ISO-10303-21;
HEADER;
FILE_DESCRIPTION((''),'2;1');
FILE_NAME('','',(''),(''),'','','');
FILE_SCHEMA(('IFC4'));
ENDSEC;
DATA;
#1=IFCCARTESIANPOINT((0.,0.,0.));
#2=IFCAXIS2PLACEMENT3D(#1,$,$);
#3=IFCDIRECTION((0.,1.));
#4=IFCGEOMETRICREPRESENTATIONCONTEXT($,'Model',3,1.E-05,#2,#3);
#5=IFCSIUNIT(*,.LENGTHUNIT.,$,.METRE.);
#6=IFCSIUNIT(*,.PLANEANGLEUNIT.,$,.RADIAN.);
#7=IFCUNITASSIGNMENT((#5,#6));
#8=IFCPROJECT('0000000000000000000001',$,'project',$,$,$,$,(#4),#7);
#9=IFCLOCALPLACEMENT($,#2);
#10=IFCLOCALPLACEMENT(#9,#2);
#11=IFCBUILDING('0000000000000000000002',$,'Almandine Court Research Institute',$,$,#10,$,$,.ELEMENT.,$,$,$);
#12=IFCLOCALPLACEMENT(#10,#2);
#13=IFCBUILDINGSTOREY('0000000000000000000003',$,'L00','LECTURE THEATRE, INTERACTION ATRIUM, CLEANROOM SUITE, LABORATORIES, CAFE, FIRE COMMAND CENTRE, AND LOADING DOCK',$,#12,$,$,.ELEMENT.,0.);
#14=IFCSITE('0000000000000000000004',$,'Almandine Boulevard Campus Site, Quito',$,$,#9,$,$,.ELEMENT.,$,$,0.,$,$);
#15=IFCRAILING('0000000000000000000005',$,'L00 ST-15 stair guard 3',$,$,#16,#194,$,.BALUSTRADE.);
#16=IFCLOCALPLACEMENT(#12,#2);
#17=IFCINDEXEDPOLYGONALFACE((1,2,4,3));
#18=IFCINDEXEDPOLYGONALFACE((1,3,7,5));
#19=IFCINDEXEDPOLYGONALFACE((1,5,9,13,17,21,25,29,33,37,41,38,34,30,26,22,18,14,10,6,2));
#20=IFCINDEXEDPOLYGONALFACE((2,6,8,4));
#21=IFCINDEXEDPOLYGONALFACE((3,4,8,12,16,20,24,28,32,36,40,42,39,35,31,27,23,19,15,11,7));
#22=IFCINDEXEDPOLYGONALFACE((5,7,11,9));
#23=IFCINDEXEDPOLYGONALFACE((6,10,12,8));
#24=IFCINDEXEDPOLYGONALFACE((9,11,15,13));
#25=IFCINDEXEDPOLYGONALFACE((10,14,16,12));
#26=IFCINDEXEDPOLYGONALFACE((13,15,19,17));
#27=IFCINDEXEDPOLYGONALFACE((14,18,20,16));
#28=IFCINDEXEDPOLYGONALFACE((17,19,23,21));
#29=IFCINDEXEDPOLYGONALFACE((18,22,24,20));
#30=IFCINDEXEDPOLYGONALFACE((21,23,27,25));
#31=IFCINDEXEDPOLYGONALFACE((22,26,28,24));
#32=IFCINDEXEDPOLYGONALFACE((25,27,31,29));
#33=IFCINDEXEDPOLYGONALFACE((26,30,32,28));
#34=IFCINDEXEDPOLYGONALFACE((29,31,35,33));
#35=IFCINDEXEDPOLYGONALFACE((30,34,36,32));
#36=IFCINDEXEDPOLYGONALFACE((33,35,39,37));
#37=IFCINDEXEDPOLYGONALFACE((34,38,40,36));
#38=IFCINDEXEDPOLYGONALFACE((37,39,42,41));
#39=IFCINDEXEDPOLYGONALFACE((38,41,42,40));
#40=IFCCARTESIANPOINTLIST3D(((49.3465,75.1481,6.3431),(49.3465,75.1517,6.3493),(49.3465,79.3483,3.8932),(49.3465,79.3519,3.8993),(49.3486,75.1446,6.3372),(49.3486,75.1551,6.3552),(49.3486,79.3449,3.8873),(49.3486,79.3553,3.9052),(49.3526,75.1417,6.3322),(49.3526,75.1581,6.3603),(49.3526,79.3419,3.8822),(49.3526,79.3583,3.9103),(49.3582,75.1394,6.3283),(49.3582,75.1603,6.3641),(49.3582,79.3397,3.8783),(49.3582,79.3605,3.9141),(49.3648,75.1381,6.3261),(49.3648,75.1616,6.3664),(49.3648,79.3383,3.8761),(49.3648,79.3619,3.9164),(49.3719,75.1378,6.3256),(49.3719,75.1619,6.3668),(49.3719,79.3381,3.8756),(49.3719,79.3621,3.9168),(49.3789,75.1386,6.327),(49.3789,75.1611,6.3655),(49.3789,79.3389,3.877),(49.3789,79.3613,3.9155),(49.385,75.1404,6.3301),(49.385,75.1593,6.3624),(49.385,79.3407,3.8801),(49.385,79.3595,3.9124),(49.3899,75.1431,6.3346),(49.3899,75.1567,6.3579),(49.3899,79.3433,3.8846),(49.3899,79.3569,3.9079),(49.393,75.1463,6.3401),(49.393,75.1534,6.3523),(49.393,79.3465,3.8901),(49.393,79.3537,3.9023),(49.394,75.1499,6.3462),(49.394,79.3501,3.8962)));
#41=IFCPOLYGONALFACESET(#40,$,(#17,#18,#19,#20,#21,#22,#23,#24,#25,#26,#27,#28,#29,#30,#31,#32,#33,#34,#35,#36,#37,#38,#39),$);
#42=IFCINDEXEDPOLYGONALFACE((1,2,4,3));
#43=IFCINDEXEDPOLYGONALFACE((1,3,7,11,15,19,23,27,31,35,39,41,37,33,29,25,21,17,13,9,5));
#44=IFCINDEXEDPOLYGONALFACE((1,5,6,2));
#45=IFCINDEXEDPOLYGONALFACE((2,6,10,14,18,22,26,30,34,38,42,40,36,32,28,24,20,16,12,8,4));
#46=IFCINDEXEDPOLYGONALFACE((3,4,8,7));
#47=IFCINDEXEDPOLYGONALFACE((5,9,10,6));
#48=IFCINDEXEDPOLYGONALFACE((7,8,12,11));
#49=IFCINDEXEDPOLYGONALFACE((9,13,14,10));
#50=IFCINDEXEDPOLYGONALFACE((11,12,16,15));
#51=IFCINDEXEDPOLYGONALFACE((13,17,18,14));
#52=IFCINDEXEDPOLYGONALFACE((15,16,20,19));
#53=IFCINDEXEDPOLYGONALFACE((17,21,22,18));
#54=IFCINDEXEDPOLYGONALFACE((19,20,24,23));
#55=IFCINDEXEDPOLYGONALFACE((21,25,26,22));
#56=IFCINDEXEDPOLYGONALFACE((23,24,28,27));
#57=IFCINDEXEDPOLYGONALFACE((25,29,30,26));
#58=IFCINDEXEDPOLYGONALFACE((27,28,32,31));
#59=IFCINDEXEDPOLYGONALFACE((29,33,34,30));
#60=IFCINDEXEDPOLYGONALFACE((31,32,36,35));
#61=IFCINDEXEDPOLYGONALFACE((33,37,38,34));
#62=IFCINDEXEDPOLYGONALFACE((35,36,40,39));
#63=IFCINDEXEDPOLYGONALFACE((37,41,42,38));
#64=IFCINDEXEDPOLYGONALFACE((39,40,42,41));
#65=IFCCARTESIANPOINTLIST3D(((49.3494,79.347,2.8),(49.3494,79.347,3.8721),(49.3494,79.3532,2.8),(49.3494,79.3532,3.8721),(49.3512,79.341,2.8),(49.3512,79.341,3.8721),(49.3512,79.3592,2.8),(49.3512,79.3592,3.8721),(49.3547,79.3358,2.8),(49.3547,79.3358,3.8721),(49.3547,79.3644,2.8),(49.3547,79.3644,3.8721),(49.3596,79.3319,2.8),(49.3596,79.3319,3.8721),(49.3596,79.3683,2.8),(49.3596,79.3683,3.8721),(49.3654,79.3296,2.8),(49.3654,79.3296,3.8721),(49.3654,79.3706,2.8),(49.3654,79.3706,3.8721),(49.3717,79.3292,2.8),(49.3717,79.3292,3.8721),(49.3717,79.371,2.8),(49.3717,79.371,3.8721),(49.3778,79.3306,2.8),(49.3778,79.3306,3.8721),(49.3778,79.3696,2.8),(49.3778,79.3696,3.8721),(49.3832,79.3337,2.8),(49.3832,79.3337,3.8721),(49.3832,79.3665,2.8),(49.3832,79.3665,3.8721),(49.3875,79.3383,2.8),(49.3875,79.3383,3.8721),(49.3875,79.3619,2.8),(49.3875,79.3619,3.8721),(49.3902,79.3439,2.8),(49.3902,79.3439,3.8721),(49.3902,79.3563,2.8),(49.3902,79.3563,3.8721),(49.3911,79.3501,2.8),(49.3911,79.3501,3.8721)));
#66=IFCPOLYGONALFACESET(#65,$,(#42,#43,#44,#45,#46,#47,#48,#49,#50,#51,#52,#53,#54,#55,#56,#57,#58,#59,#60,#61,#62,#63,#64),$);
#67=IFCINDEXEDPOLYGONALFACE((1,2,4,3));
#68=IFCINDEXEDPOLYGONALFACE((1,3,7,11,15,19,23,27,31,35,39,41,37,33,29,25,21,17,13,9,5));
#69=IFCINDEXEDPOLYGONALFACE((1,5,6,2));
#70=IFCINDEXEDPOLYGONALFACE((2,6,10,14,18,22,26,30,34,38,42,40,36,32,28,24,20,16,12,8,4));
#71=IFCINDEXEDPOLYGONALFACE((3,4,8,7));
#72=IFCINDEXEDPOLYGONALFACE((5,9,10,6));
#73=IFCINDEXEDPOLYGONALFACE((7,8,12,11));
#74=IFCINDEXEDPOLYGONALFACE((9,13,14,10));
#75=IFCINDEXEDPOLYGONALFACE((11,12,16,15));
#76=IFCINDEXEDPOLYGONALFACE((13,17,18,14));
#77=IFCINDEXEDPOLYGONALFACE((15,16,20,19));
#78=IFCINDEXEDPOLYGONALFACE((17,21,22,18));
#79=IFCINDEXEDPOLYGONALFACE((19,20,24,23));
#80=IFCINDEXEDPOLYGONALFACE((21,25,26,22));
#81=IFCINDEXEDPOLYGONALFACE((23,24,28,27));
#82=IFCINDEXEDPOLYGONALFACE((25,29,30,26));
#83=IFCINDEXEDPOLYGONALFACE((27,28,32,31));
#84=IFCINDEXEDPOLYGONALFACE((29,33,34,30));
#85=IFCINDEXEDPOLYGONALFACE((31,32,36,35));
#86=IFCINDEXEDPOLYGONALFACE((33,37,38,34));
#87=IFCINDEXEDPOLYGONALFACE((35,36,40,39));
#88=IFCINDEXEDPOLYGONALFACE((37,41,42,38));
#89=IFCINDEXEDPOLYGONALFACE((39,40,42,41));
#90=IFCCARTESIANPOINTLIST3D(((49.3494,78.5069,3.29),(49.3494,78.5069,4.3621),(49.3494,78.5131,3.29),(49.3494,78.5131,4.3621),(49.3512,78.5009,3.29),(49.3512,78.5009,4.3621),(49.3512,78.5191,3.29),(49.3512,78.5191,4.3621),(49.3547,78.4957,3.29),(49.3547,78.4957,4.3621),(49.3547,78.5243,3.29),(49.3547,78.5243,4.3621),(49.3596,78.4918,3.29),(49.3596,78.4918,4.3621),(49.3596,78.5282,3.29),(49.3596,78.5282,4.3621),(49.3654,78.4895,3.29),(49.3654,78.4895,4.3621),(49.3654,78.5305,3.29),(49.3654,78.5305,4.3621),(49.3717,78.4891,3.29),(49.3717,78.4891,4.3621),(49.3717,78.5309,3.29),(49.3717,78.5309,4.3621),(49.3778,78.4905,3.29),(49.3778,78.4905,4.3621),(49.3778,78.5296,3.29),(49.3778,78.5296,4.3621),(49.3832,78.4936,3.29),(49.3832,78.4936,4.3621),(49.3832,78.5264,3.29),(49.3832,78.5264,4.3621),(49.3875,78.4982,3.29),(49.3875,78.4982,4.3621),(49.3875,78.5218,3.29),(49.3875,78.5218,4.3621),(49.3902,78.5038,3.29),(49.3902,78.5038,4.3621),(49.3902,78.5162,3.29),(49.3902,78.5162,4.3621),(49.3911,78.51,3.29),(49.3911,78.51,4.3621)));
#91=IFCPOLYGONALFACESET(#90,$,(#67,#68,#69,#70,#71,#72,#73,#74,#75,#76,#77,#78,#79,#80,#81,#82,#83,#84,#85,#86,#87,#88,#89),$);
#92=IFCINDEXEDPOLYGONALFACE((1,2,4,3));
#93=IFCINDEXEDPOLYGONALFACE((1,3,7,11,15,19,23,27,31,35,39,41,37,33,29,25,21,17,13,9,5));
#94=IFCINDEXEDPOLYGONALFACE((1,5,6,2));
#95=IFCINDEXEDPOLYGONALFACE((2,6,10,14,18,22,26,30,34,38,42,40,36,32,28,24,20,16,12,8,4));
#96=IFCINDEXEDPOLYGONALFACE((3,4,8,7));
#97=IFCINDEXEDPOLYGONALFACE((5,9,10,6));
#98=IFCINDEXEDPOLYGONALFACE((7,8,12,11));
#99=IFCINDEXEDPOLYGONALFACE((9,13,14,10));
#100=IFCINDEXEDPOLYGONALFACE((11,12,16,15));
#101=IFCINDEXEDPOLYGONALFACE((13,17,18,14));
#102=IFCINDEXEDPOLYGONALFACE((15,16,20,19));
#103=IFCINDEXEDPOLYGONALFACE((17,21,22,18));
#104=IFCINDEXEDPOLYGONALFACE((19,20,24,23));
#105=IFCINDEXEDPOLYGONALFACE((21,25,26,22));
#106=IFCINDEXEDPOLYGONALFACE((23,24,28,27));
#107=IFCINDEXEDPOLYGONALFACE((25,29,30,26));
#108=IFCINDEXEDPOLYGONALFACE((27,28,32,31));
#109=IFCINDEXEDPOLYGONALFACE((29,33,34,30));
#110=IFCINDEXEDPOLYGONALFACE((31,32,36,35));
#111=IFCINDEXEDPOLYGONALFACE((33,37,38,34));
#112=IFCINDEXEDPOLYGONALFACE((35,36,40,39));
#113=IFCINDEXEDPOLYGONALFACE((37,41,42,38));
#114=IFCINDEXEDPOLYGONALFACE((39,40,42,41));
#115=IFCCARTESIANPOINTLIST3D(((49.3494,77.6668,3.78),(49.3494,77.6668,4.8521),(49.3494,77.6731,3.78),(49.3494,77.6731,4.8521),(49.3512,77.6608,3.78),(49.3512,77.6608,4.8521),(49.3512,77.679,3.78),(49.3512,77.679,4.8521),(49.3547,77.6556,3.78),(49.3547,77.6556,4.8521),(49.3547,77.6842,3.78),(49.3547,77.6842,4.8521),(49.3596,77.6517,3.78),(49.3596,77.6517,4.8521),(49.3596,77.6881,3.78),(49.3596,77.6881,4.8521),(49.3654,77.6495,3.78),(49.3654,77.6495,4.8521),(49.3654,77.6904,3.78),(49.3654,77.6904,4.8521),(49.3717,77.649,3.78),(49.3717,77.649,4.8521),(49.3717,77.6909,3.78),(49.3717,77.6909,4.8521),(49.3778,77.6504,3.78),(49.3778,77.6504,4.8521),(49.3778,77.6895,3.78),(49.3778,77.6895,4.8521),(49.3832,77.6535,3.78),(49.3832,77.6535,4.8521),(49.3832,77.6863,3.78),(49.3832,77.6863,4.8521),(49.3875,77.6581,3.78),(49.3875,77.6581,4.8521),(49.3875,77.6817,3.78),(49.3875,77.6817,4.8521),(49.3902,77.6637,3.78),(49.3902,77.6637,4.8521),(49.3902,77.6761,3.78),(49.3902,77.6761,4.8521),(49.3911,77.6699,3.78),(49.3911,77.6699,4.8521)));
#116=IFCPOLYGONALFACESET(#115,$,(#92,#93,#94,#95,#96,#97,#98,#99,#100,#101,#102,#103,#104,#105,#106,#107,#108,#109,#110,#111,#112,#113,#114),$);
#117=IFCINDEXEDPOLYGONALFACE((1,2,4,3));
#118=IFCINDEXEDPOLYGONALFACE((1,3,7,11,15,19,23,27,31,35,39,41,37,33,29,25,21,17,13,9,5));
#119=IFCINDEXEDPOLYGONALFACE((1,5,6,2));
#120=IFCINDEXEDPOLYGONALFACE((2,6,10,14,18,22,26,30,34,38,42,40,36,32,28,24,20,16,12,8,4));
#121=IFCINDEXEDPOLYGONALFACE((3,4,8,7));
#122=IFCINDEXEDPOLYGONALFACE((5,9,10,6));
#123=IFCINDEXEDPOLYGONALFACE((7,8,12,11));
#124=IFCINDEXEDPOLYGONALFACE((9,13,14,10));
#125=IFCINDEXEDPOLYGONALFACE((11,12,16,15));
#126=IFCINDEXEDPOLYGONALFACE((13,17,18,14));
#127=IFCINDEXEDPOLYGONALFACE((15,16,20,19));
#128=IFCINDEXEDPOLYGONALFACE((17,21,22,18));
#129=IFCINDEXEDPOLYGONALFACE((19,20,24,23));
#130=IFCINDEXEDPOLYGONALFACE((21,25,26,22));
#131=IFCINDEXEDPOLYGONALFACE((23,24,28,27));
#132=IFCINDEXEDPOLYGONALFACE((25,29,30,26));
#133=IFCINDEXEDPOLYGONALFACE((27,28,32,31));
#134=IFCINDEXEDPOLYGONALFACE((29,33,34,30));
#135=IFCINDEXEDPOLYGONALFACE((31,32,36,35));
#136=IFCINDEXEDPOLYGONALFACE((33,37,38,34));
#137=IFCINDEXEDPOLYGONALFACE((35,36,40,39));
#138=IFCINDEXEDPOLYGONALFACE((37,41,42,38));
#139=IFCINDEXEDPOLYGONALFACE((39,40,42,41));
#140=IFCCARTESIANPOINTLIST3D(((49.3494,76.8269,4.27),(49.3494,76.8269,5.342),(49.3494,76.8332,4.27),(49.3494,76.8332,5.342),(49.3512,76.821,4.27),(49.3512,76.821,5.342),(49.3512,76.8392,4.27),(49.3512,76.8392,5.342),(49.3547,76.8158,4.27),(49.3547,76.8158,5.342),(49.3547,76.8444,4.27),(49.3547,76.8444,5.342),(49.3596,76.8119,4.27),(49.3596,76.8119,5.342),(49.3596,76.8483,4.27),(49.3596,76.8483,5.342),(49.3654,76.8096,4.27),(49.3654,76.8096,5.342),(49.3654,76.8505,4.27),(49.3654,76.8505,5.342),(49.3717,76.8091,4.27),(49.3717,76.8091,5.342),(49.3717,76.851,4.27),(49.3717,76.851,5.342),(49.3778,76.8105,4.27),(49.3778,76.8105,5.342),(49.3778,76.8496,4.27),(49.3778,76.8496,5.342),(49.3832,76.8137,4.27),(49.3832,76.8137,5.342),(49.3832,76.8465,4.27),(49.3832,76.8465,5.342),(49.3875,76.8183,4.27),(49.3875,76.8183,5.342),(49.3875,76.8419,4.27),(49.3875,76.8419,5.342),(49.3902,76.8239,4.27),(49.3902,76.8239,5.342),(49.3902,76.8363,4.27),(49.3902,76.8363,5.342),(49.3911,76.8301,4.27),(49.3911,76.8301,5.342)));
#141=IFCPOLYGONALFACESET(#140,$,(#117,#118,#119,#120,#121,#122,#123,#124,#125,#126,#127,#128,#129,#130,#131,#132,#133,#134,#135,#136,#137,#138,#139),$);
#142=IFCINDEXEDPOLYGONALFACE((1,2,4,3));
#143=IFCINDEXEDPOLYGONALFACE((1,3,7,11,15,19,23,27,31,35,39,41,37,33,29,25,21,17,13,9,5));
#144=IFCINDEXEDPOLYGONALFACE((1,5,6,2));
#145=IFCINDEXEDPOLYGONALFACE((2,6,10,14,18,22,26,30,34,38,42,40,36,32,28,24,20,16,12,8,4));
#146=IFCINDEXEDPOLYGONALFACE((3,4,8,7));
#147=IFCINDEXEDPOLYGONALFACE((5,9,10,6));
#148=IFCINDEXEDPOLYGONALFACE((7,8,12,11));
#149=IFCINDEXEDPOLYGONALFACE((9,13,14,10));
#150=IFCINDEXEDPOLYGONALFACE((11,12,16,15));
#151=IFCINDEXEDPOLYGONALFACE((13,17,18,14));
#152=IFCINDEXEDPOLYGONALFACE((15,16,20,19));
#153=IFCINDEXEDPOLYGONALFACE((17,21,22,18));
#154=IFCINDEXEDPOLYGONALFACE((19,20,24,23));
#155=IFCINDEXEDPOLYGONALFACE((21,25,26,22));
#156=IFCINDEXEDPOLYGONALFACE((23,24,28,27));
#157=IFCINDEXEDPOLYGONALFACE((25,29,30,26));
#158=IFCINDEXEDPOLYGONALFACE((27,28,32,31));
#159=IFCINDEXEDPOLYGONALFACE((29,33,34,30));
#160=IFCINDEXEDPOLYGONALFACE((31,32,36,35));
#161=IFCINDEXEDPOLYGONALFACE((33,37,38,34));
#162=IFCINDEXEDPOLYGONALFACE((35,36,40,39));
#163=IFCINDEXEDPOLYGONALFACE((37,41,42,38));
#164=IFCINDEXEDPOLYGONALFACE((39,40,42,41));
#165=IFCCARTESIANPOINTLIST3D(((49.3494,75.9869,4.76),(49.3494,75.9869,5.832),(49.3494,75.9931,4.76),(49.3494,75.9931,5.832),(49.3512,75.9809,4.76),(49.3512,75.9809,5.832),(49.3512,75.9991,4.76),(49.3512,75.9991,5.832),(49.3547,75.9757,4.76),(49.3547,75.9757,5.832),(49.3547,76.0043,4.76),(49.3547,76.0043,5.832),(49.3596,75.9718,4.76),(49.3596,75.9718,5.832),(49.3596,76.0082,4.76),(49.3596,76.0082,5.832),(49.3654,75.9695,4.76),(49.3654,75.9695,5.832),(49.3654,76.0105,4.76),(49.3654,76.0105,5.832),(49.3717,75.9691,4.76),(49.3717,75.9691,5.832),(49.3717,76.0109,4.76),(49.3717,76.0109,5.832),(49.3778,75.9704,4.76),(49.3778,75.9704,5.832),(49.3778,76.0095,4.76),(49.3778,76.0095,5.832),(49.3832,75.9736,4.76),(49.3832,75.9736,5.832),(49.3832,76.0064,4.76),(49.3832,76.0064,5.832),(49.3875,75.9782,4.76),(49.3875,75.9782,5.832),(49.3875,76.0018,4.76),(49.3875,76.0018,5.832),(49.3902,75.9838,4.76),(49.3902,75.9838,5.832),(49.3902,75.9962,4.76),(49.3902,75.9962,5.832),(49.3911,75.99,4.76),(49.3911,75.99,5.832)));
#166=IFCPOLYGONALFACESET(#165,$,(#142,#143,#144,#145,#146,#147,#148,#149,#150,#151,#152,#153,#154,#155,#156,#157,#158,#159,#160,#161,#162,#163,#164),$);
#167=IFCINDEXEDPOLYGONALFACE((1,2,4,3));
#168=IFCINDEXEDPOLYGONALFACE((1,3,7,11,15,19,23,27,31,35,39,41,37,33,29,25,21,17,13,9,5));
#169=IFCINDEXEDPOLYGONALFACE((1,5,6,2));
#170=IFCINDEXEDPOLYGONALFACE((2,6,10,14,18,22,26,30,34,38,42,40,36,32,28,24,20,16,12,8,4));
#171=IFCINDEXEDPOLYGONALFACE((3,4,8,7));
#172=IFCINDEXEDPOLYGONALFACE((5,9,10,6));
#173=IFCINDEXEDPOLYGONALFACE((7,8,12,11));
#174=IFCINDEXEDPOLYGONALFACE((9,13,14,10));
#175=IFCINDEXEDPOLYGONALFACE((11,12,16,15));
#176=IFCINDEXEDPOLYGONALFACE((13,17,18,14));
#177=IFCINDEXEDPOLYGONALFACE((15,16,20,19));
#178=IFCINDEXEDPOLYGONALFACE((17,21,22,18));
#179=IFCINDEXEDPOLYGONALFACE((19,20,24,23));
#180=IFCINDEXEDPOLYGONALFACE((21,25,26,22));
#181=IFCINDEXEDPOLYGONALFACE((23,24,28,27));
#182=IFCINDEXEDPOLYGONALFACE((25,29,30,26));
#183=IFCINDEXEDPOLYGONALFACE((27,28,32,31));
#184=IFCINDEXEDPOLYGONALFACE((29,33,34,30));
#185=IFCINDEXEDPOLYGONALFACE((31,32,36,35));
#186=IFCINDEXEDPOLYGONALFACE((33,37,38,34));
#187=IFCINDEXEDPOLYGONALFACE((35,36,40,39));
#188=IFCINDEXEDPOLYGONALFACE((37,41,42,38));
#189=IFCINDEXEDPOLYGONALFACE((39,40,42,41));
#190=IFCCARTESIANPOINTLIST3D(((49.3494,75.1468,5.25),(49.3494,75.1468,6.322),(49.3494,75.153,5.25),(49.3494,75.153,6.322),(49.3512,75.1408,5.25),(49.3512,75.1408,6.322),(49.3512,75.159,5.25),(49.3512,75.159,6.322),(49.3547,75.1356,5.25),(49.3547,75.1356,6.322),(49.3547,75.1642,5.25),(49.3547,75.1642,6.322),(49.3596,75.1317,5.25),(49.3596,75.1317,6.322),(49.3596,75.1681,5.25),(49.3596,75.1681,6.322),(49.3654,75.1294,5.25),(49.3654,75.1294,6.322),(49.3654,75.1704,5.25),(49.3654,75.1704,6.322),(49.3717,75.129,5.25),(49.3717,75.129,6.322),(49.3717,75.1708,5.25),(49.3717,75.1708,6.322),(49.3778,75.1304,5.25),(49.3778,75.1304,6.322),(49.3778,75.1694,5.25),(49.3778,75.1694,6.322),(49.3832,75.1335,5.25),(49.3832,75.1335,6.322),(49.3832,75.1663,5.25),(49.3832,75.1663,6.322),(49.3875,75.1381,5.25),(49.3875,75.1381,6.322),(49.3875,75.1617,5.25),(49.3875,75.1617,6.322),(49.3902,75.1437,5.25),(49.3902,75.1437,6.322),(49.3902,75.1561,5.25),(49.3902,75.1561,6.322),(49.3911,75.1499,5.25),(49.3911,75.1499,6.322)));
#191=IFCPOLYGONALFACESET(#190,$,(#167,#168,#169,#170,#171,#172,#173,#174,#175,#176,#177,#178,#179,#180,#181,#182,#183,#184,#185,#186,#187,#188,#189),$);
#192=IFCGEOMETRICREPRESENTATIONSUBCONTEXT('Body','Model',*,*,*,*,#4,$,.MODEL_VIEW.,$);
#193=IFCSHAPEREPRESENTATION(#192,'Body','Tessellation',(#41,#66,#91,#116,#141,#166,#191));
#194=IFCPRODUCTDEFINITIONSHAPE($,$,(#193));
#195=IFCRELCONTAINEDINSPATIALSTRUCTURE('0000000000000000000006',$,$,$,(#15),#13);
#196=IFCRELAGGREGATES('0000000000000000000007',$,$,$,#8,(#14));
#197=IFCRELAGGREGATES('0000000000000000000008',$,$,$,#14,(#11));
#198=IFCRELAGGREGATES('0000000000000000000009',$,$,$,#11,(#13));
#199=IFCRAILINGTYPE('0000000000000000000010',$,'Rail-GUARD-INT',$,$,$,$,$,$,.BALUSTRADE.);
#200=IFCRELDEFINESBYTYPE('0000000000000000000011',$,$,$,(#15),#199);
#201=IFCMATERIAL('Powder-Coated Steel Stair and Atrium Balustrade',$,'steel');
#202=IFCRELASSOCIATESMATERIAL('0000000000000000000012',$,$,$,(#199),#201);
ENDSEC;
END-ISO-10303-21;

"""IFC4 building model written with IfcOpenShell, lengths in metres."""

from ifc_helpers import new_model, si_unit, direction, frame, origin, origin_2d, place, context, subcontext, project, spatial, circle, extrude, material, type_object, element, save


model = new_model("IFC4")

# Units and contexts
model_context = context("Model", 3, precision=1e-05, world=origin(), true_north=direction((0.0, 1.0)))
body_context = subcontext(model_context, "Body", "Model", "MODEL_VIEW")
ifc_project = project(units=[si_unit("LENGTHUNIT", "METRE"), si_unit("PLANEANGLEUNIT", "RADIAN")], contexts=[model_context])

# Site, building, storey
site_placement = place(None, origin())
site = spatial("IfcSite", under=ifc_project, at=site_placement, Name="Almandine Boulevard Campus Site, Quito", CompositionType="ELEMENT", RefElevation=0.0)
building_placement = place(site_placement, origin())
building = spatial("IfcBuilding", under=site, at=building_placement, Name="Almandine Court Research Institute", CompositionType="ELEMENT")
storey_placement = place(building_placement, origin())
storey = spatial("IfcBuildingStorey", under=building, at=storey_placement, Name="L00", Description="LECTURE THEATRE, INTERACTION ATRIUM, CLEANROOM SUITE, LABORATORIES, CAFE, FIRE COMMAND CENTRE, AND LOADING DOCK", CompositionType="ELEMENT", Elevation=0.0)

# Railing
ifc_material_1 = material(Name="Powder-Coated Steel Stair and Atrium Balustrade", Category="steel")
railing_type_1 = type_object("IfcRailingType", Name="Rail-GUARD-INT", PredefinedType="BALUSTRADE", material=ifc_material_1)
railing_1_placement = place(storey_placement, frame((49.3701, 79.3501, 2.8)))
element("IfcRailing", 1, at=railing_1_placement, inside=storey, type_object=railing_type_1, Name="L00 ST-15 stair guard 3", PredefinedType="BALUSTRADE", context=body_context, shape_type="SweptSolid", body=[
    extrude(circle(Radius=0.0239, at=origin_2d()), frame((0.0, 0.0, 1.0962), z_axis=(0.0, -0.863793, 0.503846), x_axis=(1.0, 0.0, 0.0)), (0.0, 0.0, 1.0), 4.8625),
    extrude(circle(Radius=0.021, at=origin_2d()), origin(), (0.0, 0.0, 1.0), 1.072),
    extrude(circle(Radius=0.021, at=origin_2d()), frame((0.0, -0.8401, 0.49)), (0.0, 0.0, 1.0), 1.072),
    extrude(circle(Radius=0.021, at=origin_2d()), frame((0.0, -1.6802, 0.98)), (0.0, 0.0, 1.0), 1.072),
    extrude(circle(Radius=0.021, at=origin_2d()), frame((0.0, -2.52, 1.47)), (0.0, 0.0, 1.0), 1.072),
    extrude(circle(Radius=0.021, at=origin_2d()), frame((0.0, -3.3601, 1.96)), (0.0, 0.0, 1.0), 1.072),
    extrude(circle(Radius=0.021, at=origin_2d()), frame((0.0, -4.2002, 2.45)), (0.0, 0.0, 1.0), 1.072),
])

save(model, "model.ifc")
